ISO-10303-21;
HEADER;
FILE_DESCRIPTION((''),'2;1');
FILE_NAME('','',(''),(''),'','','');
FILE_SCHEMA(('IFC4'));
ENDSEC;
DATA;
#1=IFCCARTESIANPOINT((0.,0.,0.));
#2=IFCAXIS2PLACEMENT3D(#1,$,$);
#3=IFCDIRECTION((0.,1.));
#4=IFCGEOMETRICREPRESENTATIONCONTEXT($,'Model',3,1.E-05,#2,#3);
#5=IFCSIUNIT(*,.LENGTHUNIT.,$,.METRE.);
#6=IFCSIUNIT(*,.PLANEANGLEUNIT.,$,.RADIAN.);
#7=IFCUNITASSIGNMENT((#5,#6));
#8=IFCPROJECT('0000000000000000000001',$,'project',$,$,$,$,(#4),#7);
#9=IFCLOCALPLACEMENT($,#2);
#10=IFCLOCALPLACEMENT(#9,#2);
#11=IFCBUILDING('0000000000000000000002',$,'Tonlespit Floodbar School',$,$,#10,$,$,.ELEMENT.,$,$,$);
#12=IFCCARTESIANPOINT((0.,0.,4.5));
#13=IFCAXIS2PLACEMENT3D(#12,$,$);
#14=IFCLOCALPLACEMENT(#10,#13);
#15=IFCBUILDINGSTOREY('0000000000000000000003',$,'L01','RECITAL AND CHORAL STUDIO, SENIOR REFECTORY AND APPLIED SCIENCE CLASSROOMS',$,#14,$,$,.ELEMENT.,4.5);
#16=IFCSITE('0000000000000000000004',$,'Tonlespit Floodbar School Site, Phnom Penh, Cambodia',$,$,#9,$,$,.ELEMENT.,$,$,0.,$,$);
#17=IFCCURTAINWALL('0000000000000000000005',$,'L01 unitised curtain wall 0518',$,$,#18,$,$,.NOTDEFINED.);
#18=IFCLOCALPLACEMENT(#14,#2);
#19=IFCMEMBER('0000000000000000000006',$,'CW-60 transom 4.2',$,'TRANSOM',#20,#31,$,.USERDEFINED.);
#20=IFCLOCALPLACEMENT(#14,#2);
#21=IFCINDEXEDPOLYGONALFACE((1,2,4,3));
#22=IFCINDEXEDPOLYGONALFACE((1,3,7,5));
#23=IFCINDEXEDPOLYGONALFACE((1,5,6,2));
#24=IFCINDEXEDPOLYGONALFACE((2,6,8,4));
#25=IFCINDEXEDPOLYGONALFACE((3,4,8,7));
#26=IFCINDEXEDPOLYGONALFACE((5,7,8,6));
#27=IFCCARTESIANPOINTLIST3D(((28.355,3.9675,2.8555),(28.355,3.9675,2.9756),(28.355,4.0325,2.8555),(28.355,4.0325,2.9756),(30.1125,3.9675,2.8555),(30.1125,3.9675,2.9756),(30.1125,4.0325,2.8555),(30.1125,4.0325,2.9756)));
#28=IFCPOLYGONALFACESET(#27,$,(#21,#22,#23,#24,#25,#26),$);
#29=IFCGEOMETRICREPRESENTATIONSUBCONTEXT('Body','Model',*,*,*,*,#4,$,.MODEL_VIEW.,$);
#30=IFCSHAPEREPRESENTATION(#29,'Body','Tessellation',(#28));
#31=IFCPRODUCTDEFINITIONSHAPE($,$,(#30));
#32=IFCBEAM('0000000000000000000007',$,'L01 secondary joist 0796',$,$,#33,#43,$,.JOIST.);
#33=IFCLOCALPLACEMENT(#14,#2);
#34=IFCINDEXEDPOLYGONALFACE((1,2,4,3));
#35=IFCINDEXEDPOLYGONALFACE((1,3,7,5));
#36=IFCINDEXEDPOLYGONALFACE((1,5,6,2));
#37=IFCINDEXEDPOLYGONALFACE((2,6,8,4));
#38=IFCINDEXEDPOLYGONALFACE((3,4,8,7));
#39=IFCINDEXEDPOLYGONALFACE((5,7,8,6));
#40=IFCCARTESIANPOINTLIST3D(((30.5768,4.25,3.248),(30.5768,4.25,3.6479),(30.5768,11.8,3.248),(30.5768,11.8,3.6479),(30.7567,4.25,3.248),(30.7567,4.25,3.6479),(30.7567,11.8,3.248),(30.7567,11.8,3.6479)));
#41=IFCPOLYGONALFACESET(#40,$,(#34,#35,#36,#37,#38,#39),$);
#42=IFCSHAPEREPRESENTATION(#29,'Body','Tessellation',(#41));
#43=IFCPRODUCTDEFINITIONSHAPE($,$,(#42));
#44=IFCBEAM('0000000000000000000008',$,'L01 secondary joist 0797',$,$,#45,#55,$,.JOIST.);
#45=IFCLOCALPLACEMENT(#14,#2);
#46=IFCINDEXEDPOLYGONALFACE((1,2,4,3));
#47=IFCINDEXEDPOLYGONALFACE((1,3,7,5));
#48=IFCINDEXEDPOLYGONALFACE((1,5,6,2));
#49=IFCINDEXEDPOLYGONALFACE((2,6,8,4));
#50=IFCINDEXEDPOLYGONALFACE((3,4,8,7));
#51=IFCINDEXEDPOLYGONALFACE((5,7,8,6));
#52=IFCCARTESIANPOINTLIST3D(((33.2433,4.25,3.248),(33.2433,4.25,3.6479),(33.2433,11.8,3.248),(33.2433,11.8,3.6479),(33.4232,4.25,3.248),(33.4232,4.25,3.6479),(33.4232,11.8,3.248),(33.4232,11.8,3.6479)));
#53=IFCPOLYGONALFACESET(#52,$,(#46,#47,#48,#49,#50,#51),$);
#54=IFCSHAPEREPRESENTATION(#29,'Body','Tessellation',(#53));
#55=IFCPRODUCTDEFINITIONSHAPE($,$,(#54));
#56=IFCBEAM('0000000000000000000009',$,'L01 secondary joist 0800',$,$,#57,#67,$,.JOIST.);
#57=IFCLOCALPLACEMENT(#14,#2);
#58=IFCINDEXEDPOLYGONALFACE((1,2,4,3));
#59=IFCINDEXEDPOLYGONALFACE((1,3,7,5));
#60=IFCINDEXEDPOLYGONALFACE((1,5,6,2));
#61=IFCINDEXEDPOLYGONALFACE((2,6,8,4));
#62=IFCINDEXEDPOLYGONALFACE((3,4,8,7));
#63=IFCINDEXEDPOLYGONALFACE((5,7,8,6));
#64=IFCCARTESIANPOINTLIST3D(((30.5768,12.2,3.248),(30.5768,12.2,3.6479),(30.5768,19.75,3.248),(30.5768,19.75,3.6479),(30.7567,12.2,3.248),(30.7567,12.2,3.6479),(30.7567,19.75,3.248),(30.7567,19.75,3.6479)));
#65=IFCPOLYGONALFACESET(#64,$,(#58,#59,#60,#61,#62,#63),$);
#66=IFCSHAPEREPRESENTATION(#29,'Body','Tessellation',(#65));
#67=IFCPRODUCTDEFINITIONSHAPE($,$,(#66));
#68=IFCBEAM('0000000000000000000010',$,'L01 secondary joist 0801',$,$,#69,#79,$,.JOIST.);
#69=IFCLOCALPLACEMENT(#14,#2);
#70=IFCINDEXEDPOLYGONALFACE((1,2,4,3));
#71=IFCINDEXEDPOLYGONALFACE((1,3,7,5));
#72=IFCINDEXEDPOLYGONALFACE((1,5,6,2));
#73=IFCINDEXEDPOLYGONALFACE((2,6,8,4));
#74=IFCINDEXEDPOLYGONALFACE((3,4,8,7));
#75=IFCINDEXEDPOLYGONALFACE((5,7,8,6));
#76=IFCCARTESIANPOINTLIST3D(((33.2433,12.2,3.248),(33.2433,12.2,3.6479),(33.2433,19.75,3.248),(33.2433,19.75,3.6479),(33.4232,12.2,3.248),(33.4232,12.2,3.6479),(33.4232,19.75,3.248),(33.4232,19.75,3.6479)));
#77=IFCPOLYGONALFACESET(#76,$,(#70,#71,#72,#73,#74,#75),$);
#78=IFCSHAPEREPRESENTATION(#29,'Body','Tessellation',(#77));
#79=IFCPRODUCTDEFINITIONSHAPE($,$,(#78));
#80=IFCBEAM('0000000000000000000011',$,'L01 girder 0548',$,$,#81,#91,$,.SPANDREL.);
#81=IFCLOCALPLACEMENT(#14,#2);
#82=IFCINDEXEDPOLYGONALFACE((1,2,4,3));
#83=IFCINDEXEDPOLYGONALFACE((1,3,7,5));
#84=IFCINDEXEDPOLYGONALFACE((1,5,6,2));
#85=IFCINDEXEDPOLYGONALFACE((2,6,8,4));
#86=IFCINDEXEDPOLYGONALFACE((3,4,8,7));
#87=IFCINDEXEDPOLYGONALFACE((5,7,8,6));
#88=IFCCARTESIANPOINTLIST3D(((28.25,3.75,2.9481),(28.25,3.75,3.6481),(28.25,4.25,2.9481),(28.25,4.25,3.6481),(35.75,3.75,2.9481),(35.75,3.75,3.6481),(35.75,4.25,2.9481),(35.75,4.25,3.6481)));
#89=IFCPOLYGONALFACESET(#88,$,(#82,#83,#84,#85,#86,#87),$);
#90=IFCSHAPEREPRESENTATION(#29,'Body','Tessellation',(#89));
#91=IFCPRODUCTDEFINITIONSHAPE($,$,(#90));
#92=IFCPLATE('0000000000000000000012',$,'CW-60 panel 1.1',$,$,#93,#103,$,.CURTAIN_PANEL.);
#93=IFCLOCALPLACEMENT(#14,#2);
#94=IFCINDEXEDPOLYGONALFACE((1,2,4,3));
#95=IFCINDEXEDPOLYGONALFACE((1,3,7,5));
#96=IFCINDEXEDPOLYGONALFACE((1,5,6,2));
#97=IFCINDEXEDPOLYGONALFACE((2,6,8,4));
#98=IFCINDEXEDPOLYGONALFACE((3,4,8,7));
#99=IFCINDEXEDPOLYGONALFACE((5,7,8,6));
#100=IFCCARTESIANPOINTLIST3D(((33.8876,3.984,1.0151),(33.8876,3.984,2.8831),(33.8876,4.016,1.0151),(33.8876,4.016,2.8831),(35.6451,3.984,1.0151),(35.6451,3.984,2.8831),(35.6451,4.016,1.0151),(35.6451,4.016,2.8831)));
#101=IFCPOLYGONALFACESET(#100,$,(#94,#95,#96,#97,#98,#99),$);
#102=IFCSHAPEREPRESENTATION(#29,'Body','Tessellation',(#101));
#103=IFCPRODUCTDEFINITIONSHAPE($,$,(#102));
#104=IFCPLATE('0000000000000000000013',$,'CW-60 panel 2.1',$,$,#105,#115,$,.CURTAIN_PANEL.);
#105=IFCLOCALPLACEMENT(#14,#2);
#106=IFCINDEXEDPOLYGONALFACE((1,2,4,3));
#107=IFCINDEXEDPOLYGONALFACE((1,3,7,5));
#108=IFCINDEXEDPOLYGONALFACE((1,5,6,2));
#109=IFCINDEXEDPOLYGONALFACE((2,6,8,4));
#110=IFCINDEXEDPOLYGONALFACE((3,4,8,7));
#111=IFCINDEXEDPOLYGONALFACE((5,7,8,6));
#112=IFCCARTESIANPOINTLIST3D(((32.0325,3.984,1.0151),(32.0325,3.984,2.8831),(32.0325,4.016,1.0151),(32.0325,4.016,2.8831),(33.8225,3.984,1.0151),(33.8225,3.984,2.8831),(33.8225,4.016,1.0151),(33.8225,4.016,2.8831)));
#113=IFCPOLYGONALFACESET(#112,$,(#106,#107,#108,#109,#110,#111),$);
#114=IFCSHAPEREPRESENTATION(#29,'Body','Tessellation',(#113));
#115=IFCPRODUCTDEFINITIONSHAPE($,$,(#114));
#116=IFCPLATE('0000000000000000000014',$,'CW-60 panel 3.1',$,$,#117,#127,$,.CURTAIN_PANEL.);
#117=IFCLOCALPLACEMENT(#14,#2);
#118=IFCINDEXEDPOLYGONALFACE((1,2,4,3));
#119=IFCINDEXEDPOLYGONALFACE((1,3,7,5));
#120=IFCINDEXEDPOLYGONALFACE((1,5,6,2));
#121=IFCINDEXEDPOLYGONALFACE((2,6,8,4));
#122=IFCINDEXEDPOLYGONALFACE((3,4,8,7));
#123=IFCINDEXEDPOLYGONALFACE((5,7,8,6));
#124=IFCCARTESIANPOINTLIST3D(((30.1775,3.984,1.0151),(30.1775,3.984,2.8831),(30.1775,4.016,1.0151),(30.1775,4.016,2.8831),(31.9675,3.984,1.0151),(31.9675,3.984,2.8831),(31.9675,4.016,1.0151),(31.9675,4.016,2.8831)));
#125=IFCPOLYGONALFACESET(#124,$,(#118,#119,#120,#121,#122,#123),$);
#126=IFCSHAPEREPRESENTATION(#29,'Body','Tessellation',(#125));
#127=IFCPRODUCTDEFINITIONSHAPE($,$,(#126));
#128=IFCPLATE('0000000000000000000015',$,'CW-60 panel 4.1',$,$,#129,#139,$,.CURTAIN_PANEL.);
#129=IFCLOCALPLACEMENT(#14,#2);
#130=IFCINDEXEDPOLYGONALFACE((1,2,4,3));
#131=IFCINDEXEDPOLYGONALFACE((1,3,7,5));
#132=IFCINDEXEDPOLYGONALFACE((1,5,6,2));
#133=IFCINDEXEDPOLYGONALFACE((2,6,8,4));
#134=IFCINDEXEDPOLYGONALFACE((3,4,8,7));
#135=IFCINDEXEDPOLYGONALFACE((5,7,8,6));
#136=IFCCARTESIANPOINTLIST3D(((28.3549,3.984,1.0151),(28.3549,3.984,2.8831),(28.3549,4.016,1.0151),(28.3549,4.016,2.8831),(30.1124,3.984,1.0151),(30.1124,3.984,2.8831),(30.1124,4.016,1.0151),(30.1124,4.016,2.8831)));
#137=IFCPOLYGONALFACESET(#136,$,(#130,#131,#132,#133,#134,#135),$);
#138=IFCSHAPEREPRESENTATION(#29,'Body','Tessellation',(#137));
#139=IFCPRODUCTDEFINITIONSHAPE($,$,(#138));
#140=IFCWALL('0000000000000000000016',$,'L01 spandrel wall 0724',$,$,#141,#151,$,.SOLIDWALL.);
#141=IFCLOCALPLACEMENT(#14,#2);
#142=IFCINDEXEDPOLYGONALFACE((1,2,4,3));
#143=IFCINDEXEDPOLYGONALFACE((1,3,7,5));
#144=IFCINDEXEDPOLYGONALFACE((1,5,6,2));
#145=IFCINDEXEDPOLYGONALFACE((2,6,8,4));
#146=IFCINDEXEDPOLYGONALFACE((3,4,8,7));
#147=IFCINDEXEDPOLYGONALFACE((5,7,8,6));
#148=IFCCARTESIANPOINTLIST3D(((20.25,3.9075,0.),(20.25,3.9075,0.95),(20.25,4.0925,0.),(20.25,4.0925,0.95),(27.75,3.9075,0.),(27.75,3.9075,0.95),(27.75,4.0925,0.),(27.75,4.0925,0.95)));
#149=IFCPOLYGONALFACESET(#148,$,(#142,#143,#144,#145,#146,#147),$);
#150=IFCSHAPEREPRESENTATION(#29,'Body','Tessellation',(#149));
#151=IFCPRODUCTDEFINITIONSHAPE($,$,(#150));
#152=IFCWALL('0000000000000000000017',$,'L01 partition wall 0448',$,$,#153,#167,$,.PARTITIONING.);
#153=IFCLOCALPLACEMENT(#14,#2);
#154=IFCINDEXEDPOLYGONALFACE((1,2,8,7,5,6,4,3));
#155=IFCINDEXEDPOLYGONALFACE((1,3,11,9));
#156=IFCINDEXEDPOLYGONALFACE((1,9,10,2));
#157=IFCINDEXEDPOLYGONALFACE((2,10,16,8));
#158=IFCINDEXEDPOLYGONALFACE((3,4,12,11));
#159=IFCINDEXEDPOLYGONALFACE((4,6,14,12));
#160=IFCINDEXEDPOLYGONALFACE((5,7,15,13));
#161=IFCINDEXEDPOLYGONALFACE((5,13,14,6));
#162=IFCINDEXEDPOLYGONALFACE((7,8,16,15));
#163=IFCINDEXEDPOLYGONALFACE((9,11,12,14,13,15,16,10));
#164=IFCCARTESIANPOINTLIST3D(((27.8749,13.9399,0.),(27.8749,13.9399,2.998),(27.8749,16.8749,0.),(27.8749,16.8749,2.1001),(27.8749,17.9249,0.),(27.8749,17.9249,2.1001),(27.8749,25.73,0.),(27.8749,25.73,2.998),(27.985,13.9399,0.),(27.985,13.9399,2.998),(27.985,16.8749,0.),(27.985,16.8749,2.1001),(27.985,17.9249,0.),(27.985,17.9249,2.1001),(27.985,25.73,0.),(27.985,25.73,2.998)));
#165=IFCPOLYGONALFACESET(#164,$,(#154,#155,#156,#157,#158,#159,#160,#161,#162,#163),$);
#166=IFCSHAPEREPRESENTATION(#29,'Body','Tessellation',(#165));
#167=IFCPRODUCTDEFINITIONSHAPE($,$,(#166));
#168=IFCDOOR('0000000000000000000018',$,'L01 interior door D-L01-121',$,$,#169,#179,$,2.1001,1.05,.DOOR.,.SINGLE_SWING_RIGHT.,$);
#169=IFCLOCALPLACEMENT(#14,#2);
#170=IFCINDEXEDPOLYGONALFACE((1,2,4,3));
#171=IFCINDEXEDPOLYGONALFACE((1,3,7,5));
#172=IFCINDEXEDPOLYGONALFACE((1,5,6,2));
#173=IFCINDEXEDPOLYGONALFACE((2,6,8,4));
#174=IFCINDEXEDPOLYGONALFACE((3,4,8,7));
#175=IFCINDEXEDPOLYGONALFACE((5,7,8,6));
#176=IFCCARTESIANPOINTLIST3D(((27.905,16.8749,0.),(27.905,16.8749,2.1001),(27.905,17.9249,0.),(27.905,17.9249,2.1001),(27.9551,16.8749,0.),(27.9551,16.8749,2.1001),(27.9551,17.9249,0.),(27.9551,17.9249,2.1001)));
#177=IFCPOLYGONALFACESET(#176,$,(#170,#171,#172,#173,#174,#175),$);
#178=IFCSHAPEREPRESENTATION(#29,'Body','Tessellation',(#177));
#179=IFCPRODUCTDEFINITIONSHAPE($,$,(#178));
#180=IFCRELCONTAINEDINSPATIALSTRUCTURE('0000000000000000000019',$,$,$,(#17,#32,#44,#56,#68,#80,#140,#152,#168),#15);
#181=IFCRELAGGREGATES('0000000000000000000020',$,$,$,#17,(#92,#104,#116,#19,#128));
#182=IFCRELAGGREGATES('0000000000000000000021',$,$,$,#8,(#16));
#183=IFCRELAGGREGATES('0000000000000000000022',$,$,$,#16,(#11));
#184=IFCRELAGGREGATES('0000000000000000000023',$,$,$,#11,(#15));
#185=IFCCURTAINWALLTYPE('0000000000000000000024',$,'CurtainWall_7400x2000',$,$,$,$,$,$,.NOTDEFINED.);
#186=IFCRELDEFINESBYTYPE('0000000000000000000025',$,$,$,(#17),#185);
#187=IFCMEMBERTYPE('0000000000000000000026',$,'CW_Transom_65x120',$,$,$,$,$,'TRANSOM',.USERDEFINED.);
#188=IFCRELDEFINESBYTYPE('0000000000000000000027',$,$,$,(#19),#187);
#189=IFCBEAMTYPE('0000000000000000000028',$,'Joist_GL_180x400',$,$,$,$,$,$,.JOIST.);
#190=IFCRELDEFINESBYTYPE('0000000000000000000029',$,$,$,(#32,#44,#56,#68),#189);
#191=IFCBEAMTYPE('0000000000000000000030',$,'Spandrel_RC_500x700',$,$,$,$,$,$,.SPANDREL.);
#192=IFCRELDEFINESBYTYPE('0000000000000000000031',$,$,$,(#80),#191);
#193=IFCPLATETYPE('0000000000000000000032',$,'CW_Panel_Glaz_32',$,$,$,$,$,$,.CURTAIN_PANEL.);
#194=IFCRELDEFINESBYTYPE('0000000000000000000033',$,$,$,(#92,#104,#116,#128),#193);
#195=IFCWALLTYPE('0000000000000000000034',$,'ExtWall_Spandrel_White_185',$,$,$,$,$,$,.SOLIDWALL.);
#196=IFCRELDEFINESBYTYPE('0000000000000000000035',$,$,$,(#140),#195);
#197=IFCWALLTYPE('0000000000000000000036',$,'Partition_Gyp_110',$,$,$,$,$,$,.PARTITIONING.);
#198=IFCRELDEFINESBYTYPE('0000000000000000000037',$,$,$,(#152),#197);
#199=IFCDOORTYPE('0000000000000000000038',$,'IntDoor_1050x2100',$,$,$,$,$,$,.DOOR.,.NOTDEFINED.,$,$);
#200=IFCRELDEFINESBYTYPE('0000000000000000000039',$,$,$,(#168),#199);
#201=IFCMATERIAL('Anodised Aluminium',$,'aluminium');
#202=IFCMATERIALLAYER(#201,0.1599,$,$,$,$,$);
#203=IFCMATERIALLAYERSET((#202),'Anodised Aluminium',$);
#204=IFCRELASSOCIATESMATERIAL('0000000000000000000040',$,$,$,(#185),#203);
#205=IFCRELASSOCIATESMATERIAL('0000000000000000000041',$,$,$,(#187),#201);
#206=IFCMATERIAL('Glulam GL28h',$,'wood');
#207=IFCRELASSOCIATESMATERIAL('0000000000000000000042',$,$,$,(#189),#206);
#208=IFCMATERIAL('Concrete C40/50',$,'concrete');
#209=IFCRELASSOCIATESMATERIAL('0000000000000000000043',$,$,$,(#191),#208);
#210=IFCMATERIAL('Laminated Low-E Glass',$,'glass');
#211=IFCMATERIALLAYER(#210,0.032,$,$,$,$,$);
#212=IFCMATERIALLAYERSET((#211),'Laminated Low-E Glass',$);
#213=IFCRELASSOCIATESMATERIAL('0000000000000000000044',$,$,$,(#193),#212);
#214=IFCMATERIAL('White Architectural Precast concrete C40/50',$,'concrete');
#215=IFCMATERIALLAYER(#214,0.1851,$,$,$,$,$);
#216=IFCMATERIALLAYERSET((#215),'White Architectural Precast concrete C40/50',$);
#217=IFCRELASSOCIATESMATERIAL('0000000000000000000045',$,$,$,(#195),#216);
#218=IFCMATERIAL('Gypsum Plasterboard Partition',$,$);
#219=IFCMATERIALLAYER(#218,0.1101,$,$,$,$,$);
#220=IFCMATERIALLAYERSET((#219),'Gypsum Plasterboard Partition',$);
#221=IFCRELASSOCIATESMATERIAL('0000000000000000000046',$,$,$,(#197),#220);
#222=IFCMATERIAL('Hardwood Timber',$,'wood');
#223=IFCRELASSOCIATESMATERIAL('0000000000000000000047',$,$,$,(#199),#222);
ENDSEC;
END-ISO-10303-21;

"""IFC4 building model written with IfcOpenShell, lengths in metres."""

from ifc_helpers import new_model, si_unit, direction, frame, frame_2d, origin, origin_2d, place, context, subcontext, project, spatial, rectangle, extrude, material, layer, layer_set, material_profile, profile_set, type_object, element, fill, aggregate, save


model = new_model("IFC4")

# Units and contexts
model_context = context("Model", 3, precision=1e-05, world=origin(), true_north=direction((0.0, 1.0)))
body_context = subcontext(model_context, "Body", "Model", "MODEL_VIEW")
ifc_project = project(units=[si_unit("LENGTHUNIT", "METRE"), si_unit("PLANEANGLEUNIT", "RADIAN")], contexts=[model_context])

# Site, building, storey
site_placement = place(None, origin())
site = spatial("IfcSite", under=ifc_project, at=site_placement, Name="Tonlespit Floodbar School Site, Phnom Penh, Cambodia", CompositionType="ELEMENT", RefElevation=0.0)
building_placement = place(site_placement, origin())
building = spatial("IfcBuilding", under=site, at=building_placement, Name="Tonlespit Floodbar School", CompositionType="ELEMENT")
storey_placement = place(building_placement, frame((0.0, 0.0, 4.5)))
storey = spatial("IfcBuildingStorey", under=building, at=storey_placement, Name="L01", Description="RECITAL AND CHORAL STUDIO, SENIOR REFECTORY AND APPLIED SCIENCE CLASSROOMS", CompositionType="ELEMENT", Elevation=4.5)

# Shared definitions
ifc_material_1 = material(Name="Concrete C40/50", Category="concrete")

# Curtain wall, member
ifc_material_2 = material(Name="Anodised Aluminium", Category="aluminium")
ifc_layer_1 = layer(ifc_material_2, 0.1599)
ifc_layer_set_1 = layer_set([ifc_layer_1], Name="Anodised Aluminium")
curtain_wall_type = type_object("IfcCurtainWallType", Name="CurtainWall_7400x2000", PredefinedType="NOTDEFINED", material=ifc_layer_set_1)
curtain_wall_placement = place(storey_placement, origin())
curtain_wall = element("IfcCurtainWall", 1, at=curtain_wall_placement, inside=storey, type_object=curtain_wall_type, Name="L01 unitised curtain wall 0518", PredefinedType="NOTDEFINED")
ifc_material_profile_1 = material_profile(ifc_material_2, rectangle(XDim=0.0649, YDim=0.1201, at=origin_2d()), Name="ALU T65x120")
ifc_profile_set_1 = profile_set([ifc_material_profile_1], Name="Anodised Aluminium")
member_type_1 = type_object("IfcMemberType", Name="CW_Transom_65x120", ElementType="TRANSOM", PredefinedType="USERDEFINED", material=ifc_profile_set_1)
member_1_placement = place(storey_placement, frame((30.1125, 4.0, 2.9155), z_axis=(-1.0, 0.0, 0.0), x_axis=(0.0, -1.0, 0.0)))
member_1 = element("IfcMember", 2, at=member_1_placement, type_object=member_type_1, Name="CW-60 transom 4.2", ObjectType="TRANSOM", PredefinedType="USERDEFINED", context=body_context, shape_type="SweptSolid", body=[
    extrude(rectangle(XDim=0.0649, YDim=0.1201, at=origin_2d()), origin(), (0.0, 0.0, 1.0), 1.7576),
])

# Beams
ifc_material_3 = material(Name="Glulam GL28h", Category="wood")
ifc_material_profile_2 = material_profile(ifc_material_3, rectangle(XDim=0.1799, YDim=0.3999, at=origin_2d()), Name="GL 180x400")
ifc_profile_set_2 = profile_set([ifc_material_profile_2], Name="Glulam GL28h")
beam_type_1 = type_object("IfcBeamType", Name="Joist_GL_180x400", PredefinedType="JOIST", material=ifc_profile_set_2)
for number, where, z_axis, x_axis, name in (
    (3, (30.6667, 4.25, 3.448), (0.0, 1.0, 0.0), (-1.0, 0.0, 0.0), "L01 secondary joist 0796"),
    (4, (33.3333, 4.25, 3.448), (0.0, 1.0, 0.0), (-1.0, 0.0, 0.0), "L01 secondary joist 0797"),
    (5, (30.6667, 12.2, 3.448), (0.0, 1.0, 0.0), (-1.0, 0.0, 0.0), "L01 secondary joist 0800"),
    (6, (33.3333, 12.2, 3.448), (0.0, 1.0, 0.0), (-1.0, 0.0, 0.0), "L01 secondary joist 0801"),
):
    element("IfcBeam", number, at=place(storey_placement, frame(where, z_axis=z_axis, x_axis=x_axis)), inside=storey, type_object=beam_type_1, Name=name, PredefinedType="JOIST", context=body_context, shape_type="SweptSolid", body=[
        extrude(rectangle(XDim=0.1799, YDim=0.3999, at=origin_2d()), origin(), (0.0, 0.0, 1.0), 7.55),
    ])
ifc_material_profile_3 = material_profile(ifc_material_1, rectangle(XDim=0.5, YDim=0.7, at=origin_2d()), Name="RC 500x700")
ifc_profile_set_3 = profile_set([ifc_material_profile_3], Name="Concrete C40/50")
beam_type_2 = type_object("IfcBeamType", Name="Spandrel_RC_500x700", PredefinedType="SPANDREL", material=ifc_profile_set_3)
beam_placement = place(storey_placement, frame((28.25, 4.0, 3.2981), z_axis=(1.0, 0.0, 0.0), x_axis=(0.0, 1.0, 0.0)))
element("IfcBeam", 7, at=beam_placement, inside=storey, type_object=beam_type_2, Name="L01 girder 0548", PredefinedType="SPANDREL", context=body_context, shape_type="SweptSolid", body=[
    extrude(rectangle(XDim=0.5, YDim=0.7, at=origin_2d()), origin(), (0.0, 0.0, 1.0), 7.5),
])

# Plates
ifc_material_4 = material(Name="Laminated Low-E Glass", Category="glass")
ifc_layer_2 = layer(ifc_material_4, 0.032)
ifc_layer_set_2 = layer_set([ifc_layer_2], Name="Laminated Low-E Glass")
plate_type = type_object("IfcPlateType", Name="CW_Panel_Glaz_32", PredefinedType="CURTAIN_PANEL", material=ifc_layer_set_2)
plate_1_placement = place(storey_placement, frame((34.7664, 4.0, 1.0151), z_axis=(0.0, 0.0, 1.0), x_axis=(-1.0, 0.0, 0.0)))
plate_1 = element("IfcPlate", 8, at=plate_1_placement, type_object=plate_type, Name="CW-60 panel 1.1", PredefinedType="CURTAIN_PANEL", context=body_context, shape_type="SweptSolid", body=[
    extrude(rectangle(XDim=1.7576, YDim=0.032, at=origin_2d()), origin(), (0.0, 0.0, 1.0), 1.8679),
])
plate_2_placement = place(storey_placement, frame((32.9275, 4.0, 1.0151), z_axis=(0.0, 0.0, 1.0), x_axis=(-1.0, 0.0, 0.0)))
plate_2 = element("IfcPlate", 9, at=plate_2_placement, type_object=plate_type, Name="CW-60 panel 2.1", PredefinedType="CURTAIN_PANEL", context=body_context, shape_type="SweptSolid", body=[
    extrude(rectangle(XDim=1.79, YDim=0.032, at=origin_2d()), origin(), (0.0, 0.0, 1.0), 1.8679),
])
plate_3_placement = place(storey_placement, frame((31.0725, 4.0, 1.0151), z_axis=(0.0, 0.0, 1.0), x_axis=(-1.0, 0.0, 0.0)))
plate_3 = element("IfcPlate", 10, at=plate_3_placement, type_object=plate_type, Name="CW-60 panel 3.1", PredefinedType="CURTAIN_PANEL", context=body_context, shape_type="SweptSolid", body=[
    extrude(rectangle(XDim=1.79, YDim=0.032, at=origin_2d()), origin(), (0.0, 0.0, 1.0), 1.8679),
])
plate_4_placement = place(storey_placement, frame((29.2336, 4.0, 1.0151), z_axis=(0.0, 0.0, 1.0), x_axis=(-1.0, 0.0, 0.0)))
plate_4 = element("IfcPlate", 11, at=plate_4_placement, type_object=plate_type, Name="CW-60 panel 4.1", PredefinedType="CURTAIN_PANEL", context=body_context, shape_type="SweptSolid", body=[
    extrude(rectangle(XDim=1.7576, YDim=0.032, at=origin_2d()), origin(), (0.0, 0.0, 1.0), 1.8679),
])
aggregate(curtain_wall, [plate_1, plate_2, plate_3, member_1, plate_4])

# Wall
ifc_material_5 = material(Name="White Architectural Precast concrete C40/50", Category="concrete")
ifc_layer_3 = layer(ifc_material_5, 0.1851)
ifc_layer_set_3 = layer_set([ifc_layer_3], Name="White Architectural Precast concrete C40/50")
wall_type_1 = type_object("IfcWallType", Name="ExtWall_Spandrel_White_185", PredefinedType="SOLIDWALL", material=ifc_layer_set_3)
wall_1_placement = place(storey_placement, frame((27.75, 4.0, 0.0), z_axis=(0.0, 0.0, 1.0), x_axis=(-1.0, 0.0, 0.0)))
element("IfcWall", 12, at=wall_1_placement, inside=storey, type_object=wall_type_1, Name="L01 spandrel wall 0724", PredefinedType="SOLIDWALL", context=body_context, shape_type="SweptSolid", body=[
    extrude(rectangle(XDim=7.5, YDim=0.1851, at=frame_2d((3.75, 0.0))), origin(), (0.0, 0.0, 1.0), 0.95),
])

# Wall, opening, door
ifc_material_6 = material(Name="Gypsum Plasterboard Partition")
ifc_layer_4 = layer(ifc_material_6, 0.1101)
ifc_layer_set_4 = layer_set([ifc_layer_4], Name="Gypsum Plasterboard Partition")
wall_type_2 = type_object("IfcWallType", Name="Partition_Gyp_110", PredefinedType="PARTITIONING", material=ifc_layer_set_4)
wall_2_placement = place(storey_placement, frame((27.9299, 13.9399, 0.0), z_axis=(0.0, 0.0, 1.0), x_axis=(0.0, 1.0, 0.0)))
wall_2 = element("IfcWall", 13, at=wall_2_placement, inside=storey, type_object=wall_type_2, Name="L01 partition wall 0448", PredefinedType="PARTITIONING", context=body_context, shape_type="SweptSolid", body=[
    extrude(rectangle(XDim=11.79, YDim=0.1101, at=frame_2d((5.895, 0.0))), origin(), (0.0, 0.0, 1.0), 2.998),
])
opening_placement = place(wall_2_placement, frame((2.9351, 0.0, 0.0)))
opening = element("IfcOpeningElement", 14, at=opening_placement, cuts=wall_2, PredefinedType="OPENING", context=body_context, shape_type="SweptSolid", body=[
    extrude(rectangle(XDim=1.05, YDim=2.1001, at=frame_2d((0.5249, 1.05))), frame((0.0, 0.0649, 0.0), z_axis=(0.0, -1.0, 0.0), x_axis=(1.0, 0.0, 0.0)), (0.0, 0.0, 1.0), 0.1301),
])
ifc_material_7 = material(Name="Hardwood Timber", Category="wood")
door_type = type_object("IfcDoorType", Name="IntDoor_1050x2100", OperationType="NOTDEFINED", PredefinedType="DOOR", material=ifc_material_7)
door_placement = place(opening_placement, origin())
door = element("IfcDoor", 15, at=door_placement, inside=storey, type_object=door_type, Name="L01 interior door D-L01-121", OperationType="SINGLE_SWING_RIGHT", OverallHeight=2.1001, OverallWidth=1.05, PredefinedType="DOOR", context=body_context, shape_type="SweptSolid", body=[
    extrude(rectangle(XDim=1.05, YDim=2.1001, at=frame_2d((0.5249, 1.05))), frame((0.0, 0.0249, 0.0), z_axis=(0.0, -1.0, 0.0), x_axis=(1.0, 0.0, 0.0)), (0.0, 0.0, 1.0), 0.05),
])
fill(opening, door)

save(model, "model.ifc")
